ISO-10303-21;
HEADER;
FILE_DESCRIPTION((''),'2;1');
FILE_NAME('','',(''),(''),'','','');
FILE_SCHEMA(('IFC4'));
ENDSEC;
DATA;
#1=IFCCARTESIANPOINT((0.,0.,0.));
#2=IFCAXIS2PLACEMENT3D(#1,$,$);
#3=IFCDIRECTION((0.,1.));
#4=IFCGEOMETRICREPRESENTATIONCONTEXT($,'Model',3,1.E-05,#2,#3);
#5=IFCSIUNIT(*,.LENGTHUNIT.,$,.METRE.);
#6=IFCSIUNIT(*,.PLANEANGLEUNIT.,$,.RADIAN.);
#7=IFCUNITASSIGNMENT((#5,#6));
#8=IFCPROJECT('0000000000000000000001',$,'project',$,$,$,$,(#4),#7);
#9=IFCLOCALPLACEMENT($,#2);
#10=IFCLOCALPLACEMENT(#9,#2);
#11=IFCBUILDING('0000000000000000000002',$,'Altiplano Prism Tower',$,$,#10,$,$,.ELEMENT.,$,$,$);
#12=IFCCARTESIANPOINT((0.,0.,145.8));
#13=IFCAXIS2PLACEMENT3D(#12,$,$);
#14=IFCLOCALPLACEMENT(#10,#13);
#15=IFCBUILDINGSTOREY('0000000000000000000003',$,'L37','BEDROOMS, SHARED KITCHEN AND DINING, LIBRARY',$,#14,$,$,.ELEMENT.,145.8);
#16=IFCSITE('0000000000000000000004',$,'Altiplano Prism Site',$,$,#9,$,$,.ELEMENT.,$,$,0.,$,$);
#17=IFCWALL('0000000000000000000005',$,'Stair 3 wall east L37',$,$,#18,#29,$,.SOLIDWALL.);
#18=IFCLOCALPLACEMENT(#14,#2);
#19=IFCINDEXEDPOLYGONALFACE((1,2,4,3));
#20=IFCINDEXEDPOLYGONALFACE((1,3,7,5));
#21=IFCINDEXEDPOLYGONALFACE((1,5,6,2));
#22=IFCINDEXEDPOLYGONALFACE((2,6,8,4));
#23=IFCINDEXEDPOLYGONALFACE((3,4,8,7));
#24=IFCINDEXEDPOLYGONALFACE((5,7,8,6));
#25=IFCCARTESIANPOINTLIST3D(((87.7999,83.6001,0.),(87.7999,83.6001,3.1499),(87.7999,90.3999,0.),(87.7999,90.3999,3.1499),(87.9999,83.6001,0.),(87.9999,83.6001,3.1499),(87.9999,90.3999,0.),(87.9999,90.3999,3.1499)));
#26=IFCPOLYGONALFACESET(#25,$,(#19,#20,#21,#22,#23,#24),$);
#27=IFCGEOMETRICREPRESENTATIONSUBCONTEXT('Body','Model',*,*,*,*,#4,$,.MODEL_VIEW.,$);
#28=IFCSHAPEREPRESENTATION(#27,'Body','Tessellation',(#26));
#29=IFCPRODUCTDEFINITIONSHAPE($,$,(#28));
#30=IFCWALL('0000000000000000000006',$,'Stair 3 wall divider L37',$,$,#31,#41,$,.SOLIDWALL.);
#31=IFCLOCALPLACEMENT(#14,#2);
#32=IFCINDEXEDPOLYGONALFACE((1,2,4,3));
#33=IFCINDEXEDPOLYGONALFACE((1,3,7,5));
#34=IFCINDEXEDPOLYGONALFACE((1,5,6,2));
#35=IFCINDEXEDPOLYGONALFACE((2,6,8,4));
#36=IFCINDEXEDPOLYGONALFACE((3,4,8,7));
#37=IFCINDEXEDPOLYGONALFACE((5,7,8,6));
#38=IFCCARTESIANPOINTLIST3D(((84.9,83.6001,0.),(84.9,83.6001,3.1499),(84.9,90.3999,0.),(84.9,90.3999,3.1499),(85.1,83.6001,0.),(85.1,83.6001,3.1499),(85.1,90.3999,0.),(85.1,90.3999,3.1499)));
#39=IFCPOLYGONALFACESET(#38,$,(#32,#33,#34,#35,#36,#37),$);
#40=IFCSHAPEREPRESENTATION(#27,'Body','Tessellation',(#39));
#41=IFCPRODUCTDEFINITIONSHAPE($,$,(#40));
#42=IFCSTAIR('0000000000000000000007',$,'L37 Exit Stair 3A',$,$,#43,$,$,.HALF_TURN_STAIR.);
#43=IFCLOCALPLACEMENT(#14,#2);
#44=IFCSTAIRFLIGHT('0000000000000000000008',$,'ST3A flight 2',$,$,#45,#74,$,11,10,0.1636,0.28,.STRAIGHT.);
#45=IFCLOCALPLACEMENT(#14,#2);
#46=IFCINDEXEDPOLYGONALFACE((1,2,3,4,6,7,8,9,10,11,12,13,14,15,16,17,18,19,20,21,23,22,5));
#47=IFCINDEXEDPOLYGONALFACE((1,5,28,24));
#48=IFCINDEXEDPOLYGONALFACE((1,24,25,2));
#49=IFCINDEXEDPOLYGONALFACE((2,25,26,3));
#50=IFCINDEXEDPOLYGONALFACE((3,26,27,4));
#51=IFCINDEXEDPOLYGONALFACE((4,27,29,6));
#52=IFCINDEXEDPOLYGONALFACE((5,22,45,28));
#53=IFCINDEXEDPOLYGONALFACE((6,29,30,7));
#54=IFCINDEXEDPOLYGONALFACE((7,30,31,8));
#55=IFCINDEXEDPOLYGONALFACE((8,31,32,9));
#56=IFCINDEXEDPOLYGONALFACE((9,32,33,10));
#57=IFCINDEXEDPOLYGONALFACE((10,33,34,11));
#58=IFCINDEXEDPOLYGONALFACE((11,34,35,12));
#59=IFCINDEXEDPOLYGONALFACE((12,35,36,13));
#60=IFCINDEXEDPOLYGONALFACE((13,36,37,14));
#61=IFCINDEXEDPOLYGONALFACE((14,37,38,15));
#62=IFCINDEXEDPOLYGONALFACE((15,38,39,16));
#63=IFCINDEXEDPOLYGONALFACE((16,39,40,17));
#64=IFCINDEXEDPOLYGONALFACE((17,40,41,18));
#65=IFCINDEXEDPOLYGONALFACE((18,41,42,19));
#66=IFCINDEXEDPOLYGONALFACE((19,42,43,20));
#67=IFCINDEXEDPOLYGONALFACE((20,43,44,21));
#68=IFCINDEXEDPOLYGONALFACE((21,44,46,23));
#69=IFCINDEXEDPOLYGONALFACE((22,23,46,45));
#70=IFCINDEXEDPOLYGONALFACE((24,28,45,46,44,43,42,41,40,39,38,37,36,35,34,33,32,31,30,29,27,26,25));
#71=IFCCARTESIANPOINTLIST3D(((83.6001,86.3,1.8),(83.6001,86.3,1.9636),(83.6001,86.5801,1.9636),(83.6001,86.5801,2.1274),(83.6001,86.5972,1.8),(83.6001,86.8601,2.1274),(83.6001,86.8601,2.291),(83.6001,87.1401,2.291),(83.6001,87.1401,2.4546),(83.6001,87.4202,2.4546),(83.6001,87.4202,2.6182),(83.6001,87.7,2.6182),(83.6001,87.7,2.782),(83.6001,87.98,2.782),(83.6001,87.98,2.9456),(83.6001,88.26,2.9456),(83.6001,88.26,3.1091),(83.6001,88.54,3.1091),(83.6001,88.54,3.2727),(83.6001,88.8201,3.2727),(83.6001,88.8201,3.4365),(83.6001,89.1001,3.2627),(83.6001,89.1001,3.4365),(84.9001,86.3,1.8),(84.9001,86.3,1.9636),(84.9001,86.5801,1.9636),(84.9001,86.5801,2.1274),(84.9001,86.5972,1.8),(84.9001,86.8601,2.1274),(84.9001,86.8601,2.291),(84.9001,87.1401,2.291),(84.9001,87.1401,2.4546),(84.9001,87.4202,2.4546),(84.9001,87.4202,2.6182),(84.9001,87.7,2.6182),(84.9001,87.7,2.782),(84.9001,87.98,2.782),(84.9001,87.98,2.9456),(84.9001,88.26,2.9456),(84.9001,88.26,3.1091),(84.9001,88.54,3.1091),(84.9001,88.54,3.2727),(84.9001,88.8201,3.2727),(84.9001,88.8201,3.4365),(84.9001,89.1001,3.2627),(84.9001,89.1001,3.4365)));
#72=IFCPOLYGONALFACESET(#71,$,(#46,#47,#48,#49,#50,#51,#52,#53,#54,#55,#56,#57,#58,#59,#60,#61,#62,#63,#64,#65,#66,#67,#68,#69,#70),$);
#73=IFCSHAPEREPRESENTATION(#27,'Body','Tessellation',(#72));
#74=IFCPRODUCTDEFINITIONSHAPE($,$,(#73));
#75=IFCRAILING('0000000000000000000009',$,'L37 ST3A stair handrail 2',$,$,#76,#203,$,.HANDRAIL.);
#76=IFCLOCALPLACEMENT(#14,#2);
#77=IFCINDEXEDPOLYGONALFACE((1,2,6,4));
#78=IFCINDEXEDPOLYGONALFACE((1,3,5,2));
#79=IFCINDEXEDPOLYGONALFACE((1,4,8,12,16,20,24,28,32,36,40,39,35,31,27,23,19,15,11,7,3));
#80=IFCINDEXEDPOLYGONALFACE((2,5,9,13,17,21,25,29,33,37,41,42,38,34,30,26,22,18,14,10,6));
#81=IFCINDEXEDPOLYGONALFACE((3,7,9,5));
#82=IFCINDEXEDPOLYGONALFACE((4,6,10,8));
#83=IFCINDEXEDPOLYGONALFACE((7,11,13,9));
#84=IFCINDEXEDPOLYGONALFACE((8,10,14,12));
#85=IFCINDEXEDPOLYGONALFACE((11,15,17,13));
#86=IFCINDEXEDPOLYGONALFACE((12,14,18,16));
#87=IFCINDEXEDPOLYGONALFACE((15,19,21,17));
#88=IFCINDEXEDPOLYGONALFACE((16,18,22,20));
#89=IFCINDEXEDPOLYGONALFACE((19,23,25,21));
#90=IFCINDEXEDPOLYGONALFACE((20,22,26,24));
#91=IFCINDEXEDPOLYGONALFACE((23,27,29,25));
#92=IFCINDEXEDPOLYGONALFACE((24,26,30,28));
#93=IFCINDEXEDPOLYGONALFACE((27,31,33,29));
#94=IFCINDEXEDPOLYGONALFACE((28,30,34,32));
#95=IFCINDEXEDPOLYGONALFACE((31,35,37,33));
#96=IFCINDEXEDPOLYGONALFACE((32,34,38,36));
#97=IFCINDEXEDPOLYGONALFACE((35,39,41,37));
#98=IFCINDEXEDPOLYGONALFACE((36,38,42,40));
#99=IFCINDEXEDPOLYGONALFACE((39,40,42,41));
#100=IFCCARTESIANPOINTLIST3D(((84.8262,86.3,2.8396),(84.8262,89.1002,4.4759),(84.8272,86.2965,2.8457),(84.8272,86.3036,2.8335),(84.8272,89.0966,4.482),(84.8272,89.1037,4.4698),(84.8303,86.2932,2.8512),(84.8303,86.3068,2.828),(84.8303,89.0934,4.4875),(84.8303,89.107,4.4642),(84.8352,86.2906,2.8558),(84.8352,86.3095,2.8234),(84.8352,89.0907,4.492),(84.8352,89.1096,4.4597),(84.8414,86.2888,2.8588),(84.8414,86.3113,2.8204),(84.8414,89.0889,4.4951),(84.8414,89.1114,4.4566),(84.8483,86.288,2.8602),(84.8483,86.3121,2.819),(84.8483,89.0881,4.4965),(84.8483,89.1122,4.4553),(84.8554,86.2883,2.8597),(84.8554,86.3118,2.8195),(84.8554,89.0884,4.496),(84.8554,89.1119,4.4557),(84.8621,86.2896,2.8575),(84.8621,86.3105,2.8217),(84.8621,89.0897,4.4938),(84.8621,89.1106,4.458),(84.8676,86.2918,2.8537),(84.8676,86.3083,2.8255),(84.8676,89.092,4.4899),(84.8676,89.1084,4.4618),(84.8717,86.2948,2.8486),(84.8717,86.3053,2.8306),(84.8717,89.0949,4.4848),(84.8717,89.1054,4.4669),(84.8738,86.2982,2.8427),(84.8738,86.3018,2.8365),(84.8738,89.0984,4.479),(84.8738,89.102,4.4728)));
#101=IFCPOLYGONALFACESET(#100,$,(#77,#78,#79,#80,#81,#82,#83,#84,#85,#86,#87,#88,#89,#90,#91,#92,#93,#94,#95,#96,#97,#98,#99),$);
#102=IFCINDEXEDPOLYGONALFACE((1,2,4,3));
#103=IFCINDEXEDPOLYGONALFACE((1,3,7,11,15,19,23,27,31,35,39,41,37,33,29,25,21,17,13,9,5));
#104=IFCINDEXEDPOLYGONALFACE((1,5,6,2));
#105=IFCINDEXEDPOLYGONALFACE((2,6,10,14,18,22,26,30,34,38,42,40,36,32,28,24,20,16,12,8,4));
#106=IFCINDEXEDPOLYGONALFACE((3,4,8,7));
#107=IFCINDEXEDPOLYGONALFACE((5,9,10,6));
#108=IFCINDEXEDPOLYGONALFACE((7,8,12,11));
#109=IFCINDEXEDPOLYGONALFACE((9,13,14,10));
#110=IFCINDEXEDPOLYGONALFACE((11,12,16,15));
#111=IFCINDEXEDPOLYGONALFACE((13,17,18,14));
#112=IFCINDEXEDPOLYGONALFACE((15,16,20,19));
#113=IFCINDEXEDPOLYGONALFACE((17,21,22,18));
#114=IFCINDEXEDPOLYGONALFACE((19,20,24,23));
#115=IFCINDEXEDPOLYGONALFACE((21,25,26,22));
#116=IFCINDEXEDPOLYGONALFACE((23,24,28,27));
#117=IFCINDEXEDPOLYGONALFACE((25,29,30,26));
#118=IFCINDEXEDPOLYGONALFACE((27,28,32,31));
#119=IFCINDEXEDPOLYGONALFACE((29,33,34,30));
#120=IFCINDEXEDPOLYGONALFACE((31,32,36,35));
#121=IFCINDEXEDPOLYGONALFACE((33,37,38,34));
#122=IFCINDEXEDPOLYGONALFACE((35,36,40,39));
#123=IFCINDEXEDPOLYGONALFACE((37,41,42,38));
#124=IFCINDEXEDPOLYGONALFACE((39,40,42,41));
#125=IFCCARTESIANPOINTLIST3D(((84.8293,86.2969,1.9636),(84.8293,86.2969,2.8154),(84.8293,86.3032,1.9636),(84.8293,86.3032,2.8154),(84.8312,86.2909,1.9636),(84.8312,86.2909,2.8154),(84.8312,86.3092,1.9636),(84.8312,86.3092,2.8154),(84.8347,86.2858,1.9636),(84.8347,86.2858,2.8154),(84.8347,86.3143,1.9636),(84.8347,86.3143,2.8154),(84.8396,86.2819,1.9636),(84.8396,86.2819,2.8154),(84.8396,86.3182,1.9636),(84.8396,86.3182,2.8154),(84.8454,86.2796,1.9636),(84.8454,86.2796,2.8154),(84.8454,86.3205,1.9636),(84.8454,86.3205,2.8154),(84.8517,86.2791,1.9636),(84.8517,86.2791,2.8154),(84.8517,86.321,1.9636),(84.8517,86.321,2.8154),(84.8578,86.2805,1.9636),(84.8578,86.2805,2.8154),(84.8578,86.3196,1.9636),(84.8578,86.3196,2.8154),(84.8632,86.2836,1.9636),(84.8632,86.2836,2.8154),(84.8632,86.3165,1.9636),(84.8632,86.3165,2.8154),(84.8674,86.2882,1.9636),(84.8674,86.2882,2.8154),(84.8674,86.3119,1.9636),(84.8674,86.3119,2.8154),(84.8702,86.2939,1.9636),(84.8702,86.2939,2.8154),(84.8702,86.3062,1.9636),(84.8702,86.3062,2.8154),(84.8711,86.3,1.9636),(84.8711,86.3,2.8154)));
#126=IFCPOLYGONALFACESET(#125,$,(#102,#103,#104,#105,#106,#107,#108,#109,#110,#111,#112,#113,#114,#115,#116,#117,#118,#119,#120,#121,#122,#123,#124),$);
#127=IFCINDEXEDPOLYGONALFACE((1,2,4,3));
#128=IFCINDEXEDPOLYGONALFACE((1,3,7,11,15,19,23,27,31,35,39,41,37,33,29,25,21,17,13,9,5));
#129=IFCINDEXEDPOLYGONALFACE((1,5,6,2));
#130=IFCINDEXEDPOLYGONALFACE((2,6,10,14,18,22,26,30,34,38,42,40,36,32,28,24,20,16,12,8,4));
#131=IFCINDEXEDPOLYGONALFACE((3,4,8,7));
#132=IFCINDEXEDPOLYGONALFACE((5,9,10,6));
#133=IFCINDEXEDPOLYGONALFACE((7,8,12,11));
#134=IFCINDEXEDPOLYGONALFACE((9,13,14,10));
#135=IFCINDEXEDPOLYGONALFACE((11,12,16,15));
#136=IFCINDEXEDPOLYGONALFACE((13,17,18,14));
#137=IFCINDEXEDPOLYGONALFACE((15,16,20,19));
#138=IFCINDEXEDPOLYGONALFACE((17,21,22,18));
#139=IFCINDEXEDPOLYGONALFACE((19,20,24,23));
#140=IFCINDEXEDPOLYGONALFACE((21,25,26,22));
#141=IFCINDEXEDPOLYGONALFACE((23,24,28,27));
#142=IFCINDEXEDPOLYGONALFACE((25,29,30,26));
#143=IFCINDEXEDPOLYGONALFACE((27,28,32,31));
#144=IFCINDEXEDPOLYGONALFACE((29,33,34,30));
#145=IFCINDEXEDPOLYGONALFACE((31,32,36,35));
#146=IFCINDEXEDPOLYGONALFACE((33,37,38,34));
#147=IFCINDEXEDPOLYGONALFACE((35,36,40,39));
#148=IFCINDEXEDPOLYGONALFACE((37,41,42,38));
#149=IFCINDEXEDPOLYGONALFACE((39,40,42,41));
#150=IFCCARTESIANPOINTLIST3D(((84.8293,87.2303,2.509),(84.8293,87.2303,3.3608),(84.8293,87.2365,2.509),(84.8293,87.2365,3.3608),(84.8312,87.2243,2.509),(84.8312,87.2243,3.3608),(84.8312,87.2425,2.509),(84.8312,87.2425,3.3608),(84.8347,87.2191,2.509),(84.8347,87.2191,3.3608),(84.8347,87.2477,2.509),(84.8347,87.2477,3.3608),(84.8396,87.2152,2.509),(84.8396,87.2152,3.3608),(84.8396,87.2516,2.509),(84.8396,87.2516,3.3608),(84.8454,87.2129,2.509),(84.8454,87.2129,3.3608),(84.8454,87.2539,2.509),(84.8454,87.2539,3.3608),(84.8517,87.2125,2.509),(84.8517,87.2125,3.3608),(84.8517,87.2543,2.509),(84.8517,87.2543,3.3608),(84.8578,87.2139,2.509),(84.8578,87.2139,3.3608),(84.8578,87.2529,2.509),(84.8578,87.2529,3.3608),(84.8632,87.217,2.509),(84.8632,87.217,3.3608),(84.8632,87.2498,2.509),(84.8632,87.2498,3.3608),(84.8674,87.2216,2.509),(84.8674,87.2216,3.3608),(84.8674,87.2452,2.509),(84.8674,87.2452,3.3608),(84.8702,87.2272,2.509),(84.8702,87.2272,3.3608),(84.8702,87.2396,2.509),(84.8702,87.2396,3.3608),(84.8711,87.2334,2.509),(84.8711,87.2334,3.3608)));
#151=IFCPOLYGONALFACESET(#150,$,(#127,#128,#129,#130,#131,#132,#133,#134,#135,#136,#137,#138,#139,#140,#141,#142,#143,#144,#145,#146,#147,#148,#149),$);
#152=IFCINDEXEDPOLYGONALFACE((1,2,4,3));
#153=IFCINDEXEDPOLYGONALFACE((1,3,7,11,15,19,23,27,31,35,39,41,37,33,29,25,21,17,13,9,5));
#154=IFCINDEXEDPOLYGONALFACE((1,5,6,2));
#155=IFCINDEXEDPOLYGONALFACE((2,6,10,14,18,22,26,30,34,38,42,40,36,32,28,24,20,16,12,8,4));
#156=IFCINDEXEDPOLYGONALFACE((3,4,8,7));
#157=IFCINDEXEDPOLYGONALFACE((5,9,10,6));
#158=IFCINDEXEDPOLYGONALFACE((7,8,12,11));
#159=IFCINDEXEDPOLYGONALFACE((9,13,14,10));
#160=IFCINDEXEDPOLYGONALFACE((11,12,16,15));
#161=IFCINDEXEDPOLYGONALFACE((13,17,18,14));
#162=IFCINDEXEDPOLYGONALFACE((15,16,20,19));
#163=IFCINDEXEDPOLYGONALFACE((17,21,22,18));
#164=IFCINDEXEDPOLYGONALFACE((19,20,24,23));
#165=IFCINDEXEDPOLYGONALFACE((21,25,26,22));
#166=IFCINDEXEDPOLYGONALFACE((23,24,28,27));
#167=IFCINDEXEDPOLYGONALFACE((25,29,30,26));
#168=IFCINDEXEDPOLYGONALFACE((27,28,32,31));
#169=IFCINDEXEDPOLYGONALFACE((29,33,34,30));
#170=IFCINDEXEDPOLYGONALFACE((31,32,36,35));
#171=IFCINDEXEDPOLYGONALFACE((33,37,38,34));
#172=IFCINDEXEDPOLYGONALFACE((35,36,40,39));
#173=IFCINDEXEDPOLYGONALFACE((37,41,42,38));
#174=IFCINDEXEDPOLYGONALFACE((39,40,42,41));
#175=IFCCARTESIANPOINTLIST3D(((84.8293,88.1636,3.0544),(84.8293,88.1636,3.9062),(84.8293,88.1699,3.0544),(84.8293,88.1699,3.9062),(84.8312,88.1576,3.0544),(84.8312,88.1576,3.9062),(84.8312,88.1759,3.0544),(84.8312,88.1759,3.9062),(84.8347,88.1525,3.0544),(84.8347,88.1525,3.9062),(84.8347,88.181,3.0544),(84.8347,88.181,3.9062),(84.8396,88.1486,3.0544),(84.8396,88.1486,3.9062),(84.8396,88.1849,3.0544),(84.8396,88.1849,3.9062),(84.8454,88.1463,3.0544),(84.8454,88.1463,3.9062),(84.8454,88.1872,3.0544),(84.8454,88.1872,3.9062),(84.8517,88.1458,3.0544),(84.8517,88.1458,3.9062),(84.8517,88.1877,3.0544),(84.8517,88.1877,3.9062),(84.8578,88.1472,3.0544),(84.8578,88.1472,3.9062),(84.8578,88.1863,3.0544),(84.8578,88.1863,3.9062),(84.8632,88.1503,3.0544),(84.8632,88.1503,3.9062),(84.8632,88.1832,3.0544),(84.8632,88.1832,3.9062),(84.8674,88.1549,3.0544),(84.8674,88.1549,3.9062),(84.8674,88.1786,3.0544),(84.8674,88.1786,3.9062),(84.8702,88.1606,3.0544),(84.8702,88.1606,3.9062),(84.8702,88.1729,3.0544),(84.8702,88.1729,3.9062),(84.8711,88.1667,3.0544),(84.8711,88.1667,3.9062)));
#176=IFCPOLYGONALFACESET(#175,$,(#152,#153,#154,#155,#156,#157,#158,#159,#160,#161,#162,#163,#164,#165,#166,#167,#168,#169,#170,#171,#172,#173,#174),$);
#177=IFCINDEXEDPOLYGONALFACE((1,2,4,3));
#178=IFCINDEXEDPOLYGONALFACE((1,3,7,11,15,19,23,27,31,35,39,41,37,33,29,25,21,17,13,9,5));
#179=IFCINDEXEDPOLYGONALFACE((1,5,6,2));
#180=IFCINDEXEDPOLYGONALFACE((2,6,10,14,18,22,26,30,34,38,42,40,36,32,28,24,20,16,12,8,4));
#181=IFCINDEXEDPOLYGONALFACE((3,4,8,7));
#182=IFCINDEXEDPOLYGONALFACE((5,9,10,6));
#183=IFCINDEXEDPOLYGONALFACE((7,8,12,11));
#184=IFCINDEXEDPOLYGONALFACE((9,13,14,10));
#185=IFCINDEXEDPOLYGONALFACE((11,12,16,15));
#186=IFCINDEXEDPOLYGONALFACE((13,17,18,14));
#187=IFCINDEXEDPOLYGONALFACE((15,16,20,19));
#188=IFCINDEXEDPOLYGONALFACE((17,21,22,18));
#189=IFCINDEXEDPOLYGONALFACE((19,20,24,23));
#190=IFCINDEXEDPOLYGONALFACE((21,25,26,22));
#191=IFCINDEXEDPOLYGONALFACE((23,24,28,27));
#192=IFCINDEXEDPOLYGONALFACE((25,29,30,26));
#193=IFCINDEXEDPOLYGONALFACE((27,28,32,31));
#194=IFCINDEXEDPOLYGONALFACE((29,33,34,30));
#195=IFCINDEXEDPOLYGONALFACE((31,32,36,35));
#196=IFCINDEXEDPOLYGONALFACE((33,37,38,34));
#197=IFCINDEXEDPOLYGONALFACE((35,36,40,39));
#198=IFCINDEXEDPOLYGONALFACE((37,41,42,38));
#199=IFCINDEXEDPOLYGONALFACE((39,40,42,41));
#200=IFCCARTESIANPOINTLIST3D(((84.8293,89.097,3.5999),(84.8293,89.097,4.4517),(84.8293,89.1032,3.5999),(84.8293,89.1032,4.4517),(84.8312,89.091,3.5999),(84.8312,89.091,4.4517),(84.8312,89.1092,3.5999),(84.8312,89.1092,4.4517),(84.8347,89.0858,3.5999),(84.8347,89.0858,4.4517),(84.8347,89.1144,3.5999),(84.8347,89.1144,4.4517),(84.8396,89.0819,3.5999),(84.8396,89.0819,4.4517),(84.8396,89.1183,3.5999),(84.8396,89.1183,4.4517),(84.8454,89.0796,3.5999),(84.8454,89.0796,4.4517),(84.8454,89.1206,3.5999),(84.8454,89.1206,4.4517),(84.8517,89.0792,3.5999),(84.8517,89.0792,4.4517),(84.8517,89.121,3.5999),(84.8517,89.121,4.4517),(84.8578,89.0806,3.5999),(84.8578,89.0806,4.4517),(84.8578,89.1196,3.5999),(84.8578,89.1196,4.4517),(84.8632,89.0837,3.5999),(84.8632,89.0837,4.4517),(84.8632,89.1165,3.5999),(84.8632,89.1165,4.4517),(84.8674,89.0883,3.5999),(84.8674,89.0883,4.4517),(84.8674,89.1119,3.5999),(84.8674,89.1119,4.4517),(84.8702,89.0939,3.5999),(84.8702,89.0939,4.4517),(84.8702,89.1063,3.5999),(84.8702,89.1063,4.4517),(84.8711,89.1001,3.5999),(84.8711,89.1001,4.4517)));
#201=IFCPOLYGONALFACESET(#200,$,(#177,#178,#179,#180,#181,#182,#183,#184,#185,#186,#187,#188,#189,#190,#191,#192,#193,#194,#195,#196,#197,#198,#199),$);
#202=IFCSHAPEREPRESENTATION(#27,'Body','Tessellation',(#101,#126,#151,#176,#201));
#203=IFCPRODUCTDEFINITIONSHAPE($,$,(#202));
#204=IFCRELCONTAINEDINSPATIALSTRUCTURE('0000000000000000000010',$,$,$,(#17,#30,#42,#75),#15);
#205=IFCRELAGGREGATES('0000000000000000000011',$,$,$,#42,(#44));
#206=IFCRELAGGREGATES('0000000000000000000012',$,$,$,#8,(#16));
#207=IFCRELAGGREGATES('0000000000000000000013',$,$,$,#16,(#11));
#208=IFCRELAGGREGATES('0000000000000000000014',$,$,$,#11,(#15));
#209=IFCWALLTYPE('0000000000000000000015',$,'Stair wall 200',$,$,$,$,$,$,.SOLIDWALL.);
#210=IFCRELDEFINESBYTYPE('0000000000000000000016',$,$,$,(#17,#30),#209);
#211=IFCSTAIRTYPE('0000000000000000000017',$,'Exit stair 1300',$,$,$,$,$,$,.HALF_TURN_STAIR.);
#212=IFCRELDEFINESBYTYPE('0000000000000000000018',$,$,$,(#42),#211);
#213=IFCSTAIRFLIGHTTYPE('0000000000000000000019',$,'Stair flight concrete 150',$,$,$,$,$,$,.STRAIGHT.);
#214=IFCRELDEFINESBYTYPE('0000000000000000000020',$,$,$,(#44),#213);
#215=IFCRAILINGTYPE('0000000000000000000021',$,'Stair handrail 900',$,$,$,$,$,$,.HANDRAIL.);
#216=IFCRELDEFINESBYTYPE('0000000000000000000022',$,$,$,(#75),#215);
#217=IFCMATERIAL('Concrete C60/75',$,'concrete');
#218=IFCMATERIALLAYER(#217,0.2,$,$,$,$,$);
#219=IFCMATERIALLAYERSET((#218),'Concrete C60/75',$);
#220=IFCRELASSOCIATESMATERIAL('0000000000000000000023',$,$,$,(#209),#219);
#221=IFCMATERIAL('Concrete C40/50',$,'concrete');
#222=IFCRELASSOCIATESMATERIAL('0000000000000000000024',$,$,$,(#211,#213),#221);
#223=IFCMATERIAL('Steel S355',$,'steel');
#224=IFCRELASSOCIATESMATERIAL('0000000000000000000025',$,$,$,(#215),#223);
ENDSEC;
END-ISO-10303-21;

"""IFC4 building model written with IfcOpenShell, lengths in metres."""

from ifc_helpers import new_model, si_unit, direction, frame, frame_2d, origin, origin_2d, place, context, subcontext, project, spatial, polyline, rectangle, circle, outline, extrude, material, layer, layer_set, type_object, element, aggregate, save


model = new_model("IFC4")

# Units and contexts
model_context = context("Model", 3, precision=1e-05, world=origin(), true_north=direction((0.0, 1.0)))
body_context = subcontext(model_context, "Body", "Model", "MODEL_VIEW")
ifc_project = project(units=[si_unit("LENGTHUNIT", "METRE"), si_unit("PLANEANGLEUNIT", "RADIAN")], contexts=[model_context])

# Site, building, storey
site_placement = place(None, origin())
site = spatial("IfcSite", under=ifc_project, at=site_placement, Name="Altiplano Prism Site", CompositionType="ELEMENT", RefElevation=0.0)
building_placement = place(site_placement, origin())
building = spatial("IfcBuilding", under=site, at=building_placement, Name="Altiplano Prism Tower", CompositionType="ELEMENT")
storey_placement = place(building_placement, frame((0.0, 0.0, 145.8)))
storey = spatial("IfcBuildingStorey", under=building, at=storey_placement, Name="L37", Description="BEDROOMS, SHARED KITCHEN AND DINING, LIBRARY", CompositionType="ELEMENT", Elevation=145.8)

# Shared definitions
ifc_material_1 = material(Name="Concrete C60/75", Category="concrete")

# Walls
ifc_layer_1 = layer(ifc_material_1, 0.2)
ifc_layer_set_1 = layer_set([ifc_layer_1], Name="Concrete C60/75")
wall_type_1 = type_object("IfcWallType", Name="Stair wall 200", PredefinedType="SOLIDWALL", material=ifc_layer_set_1)
for number, where, z_axis, x_axis, name in (
    (1, (87.8999, 83.6001, 0.0), (0.0, 0.0, 1.0), (0.0, 1.0, 0.0), "Stair 3 wall east L37"),
    (2, (85.0, 83.6001, 0.0), (0.0, 0.0, 1.0), (0.0, 1.0, 0.0), "Stair 3 wall divider L37"),
):
    element("IfcWall", number, at=place(storey_placement, frame(where, z_axis=z_axis, x_axis=x_axis)), inside=storey, type_object=wall_type_1, Name=name, PredefinedType="SOLIDWALL", context=body_context, shape_type="SweptSolid", body=[
        extrude(rectangle(XDim=6.7998, YDim=0.2, at=frame_2d((3.3999, 0.0))), origin(), (0.0, 0.0, 1.0), 3.1499),
    ])

# Stair, stair flight
ifc_material_2 = material(Name="Concrete C40/50", Category="concrete")
stair_type = type_object("IfcStairType", Name="Exit stair 1300", PredefinedType="HALF_TURN_STAIR", material=ifc_material_2)
stair_placement = place(storey_placement, origin())
stair = element("IfcStair", 3, at=stair_placement, inside=storey, type_object=stair_type, Name="L37 Exit Stair 3A", PredefinedType="HALF_TURN_STAIR")
stair_flight_type = type_object("IfcStairFlightType", Name="Stair flight concrete 150", PredefinedType="STRAIGHT", material=ifc_material_2)
stair_flight_placement = place(storey_placement, frame((84.25, 86.3, 1.8), z_axis=(0.0, 0.0, 1.0), x_axis=(0.0, 1.0, 0.0)))
stair_flight = element("IfcStairFlight", 4, at=stair_flight_placement, type_object=stair_flight_type, Name="ST3A flight 2", NumberOfRisers=11, NumberOfTreads=10, PredefinedType="STRAIGHT", RiserHeight=0.1636, TreadLength=0.28, context=body_context, shape_type="SweptSolid", body=[
    extrude(outline(polyline([(0.0, 0.0), (0.0, 0.1636), (0.28, 0.1636), (0.28, 0.3274), (0.5601, 0.3274), (0.5601, 0.491), (0.8401, 0.491), (0.8401, 0.6545), (1.1201, 0.6545), (1.1201, 0.8181), (1.3999, 0.8181), (1.3999, 0.9819), (1.6799, 0.9819), (1.6799, 1.1455), (1.96, 1.1455), (1.96, 1.3091), (2.24, 1.3091), (2.24, 1.4727), (2.52, 1.4727), (2.52, 1.6365), (2.8, 1.6365), (2.8, 1.8), (2.8, 1.4626), (0.2971, 0.0), (0.0, 0.0)])), frame((0.0, 0.6499, 0.0), z_axis=(0.0, -1.0, 0.0), x_axis=(1.0, 0.0, 0.0)), (0.0, 0.0, 1.0), 1.3),
])
aggregate(stair, [stair_flight])

# Railing
ifc_material_3 = material(Name="Steel S355", Category="steel")
railing_type = type_object("IfcRailingType", Name="Stair handrail 900", PredefinedType="HANDRAIL", material=ifc_material_3)
railing_placement = place(storey_placement, frame((84.8501, 86.3, 1.9636)))
element("IfcRailing", 5, at=railing_placement, inside=storey, type_object=railing_type, Name="L37 ST3A stair handrail 2", PredefinedType="HANDRAIL", context=body_context, shape_type="SweptSolid", body=[
    extrude(circle(Radius=0.0239, at=origin_2d()), frame((0.0, 0.0, 0.876), z_axis=(0.0, 0.863394, 0.504531), x_axis=(-1.0, 0.0, 0.0)), (0.0, 0.0, 1.0), 3.2432),
    extrude(circle(Radius=0.021, at=origin_2d()), origin(), (0.0, 0.0, 1.0), 0.8518),
    extrude(circle(Radius=0.021, at=origin_2d()), frame((0.0, 0.9333, 0.5454)), (0.0, 0.0, 1.0), 0.8518),
    extrude(circle(Radius=0.021, at=origin_2d()), frame((0.0, 1.8667, 1.0908)), (0.0, 0.0, 1.0), 0.8518),
    extrude(circle(Radius=0.021, at=origin_2d()), frame((0.0, 2.8, 1.6362)), (0.0, 0.0, 1.0), 0.8518),
])

save(model, "model.ifc")
